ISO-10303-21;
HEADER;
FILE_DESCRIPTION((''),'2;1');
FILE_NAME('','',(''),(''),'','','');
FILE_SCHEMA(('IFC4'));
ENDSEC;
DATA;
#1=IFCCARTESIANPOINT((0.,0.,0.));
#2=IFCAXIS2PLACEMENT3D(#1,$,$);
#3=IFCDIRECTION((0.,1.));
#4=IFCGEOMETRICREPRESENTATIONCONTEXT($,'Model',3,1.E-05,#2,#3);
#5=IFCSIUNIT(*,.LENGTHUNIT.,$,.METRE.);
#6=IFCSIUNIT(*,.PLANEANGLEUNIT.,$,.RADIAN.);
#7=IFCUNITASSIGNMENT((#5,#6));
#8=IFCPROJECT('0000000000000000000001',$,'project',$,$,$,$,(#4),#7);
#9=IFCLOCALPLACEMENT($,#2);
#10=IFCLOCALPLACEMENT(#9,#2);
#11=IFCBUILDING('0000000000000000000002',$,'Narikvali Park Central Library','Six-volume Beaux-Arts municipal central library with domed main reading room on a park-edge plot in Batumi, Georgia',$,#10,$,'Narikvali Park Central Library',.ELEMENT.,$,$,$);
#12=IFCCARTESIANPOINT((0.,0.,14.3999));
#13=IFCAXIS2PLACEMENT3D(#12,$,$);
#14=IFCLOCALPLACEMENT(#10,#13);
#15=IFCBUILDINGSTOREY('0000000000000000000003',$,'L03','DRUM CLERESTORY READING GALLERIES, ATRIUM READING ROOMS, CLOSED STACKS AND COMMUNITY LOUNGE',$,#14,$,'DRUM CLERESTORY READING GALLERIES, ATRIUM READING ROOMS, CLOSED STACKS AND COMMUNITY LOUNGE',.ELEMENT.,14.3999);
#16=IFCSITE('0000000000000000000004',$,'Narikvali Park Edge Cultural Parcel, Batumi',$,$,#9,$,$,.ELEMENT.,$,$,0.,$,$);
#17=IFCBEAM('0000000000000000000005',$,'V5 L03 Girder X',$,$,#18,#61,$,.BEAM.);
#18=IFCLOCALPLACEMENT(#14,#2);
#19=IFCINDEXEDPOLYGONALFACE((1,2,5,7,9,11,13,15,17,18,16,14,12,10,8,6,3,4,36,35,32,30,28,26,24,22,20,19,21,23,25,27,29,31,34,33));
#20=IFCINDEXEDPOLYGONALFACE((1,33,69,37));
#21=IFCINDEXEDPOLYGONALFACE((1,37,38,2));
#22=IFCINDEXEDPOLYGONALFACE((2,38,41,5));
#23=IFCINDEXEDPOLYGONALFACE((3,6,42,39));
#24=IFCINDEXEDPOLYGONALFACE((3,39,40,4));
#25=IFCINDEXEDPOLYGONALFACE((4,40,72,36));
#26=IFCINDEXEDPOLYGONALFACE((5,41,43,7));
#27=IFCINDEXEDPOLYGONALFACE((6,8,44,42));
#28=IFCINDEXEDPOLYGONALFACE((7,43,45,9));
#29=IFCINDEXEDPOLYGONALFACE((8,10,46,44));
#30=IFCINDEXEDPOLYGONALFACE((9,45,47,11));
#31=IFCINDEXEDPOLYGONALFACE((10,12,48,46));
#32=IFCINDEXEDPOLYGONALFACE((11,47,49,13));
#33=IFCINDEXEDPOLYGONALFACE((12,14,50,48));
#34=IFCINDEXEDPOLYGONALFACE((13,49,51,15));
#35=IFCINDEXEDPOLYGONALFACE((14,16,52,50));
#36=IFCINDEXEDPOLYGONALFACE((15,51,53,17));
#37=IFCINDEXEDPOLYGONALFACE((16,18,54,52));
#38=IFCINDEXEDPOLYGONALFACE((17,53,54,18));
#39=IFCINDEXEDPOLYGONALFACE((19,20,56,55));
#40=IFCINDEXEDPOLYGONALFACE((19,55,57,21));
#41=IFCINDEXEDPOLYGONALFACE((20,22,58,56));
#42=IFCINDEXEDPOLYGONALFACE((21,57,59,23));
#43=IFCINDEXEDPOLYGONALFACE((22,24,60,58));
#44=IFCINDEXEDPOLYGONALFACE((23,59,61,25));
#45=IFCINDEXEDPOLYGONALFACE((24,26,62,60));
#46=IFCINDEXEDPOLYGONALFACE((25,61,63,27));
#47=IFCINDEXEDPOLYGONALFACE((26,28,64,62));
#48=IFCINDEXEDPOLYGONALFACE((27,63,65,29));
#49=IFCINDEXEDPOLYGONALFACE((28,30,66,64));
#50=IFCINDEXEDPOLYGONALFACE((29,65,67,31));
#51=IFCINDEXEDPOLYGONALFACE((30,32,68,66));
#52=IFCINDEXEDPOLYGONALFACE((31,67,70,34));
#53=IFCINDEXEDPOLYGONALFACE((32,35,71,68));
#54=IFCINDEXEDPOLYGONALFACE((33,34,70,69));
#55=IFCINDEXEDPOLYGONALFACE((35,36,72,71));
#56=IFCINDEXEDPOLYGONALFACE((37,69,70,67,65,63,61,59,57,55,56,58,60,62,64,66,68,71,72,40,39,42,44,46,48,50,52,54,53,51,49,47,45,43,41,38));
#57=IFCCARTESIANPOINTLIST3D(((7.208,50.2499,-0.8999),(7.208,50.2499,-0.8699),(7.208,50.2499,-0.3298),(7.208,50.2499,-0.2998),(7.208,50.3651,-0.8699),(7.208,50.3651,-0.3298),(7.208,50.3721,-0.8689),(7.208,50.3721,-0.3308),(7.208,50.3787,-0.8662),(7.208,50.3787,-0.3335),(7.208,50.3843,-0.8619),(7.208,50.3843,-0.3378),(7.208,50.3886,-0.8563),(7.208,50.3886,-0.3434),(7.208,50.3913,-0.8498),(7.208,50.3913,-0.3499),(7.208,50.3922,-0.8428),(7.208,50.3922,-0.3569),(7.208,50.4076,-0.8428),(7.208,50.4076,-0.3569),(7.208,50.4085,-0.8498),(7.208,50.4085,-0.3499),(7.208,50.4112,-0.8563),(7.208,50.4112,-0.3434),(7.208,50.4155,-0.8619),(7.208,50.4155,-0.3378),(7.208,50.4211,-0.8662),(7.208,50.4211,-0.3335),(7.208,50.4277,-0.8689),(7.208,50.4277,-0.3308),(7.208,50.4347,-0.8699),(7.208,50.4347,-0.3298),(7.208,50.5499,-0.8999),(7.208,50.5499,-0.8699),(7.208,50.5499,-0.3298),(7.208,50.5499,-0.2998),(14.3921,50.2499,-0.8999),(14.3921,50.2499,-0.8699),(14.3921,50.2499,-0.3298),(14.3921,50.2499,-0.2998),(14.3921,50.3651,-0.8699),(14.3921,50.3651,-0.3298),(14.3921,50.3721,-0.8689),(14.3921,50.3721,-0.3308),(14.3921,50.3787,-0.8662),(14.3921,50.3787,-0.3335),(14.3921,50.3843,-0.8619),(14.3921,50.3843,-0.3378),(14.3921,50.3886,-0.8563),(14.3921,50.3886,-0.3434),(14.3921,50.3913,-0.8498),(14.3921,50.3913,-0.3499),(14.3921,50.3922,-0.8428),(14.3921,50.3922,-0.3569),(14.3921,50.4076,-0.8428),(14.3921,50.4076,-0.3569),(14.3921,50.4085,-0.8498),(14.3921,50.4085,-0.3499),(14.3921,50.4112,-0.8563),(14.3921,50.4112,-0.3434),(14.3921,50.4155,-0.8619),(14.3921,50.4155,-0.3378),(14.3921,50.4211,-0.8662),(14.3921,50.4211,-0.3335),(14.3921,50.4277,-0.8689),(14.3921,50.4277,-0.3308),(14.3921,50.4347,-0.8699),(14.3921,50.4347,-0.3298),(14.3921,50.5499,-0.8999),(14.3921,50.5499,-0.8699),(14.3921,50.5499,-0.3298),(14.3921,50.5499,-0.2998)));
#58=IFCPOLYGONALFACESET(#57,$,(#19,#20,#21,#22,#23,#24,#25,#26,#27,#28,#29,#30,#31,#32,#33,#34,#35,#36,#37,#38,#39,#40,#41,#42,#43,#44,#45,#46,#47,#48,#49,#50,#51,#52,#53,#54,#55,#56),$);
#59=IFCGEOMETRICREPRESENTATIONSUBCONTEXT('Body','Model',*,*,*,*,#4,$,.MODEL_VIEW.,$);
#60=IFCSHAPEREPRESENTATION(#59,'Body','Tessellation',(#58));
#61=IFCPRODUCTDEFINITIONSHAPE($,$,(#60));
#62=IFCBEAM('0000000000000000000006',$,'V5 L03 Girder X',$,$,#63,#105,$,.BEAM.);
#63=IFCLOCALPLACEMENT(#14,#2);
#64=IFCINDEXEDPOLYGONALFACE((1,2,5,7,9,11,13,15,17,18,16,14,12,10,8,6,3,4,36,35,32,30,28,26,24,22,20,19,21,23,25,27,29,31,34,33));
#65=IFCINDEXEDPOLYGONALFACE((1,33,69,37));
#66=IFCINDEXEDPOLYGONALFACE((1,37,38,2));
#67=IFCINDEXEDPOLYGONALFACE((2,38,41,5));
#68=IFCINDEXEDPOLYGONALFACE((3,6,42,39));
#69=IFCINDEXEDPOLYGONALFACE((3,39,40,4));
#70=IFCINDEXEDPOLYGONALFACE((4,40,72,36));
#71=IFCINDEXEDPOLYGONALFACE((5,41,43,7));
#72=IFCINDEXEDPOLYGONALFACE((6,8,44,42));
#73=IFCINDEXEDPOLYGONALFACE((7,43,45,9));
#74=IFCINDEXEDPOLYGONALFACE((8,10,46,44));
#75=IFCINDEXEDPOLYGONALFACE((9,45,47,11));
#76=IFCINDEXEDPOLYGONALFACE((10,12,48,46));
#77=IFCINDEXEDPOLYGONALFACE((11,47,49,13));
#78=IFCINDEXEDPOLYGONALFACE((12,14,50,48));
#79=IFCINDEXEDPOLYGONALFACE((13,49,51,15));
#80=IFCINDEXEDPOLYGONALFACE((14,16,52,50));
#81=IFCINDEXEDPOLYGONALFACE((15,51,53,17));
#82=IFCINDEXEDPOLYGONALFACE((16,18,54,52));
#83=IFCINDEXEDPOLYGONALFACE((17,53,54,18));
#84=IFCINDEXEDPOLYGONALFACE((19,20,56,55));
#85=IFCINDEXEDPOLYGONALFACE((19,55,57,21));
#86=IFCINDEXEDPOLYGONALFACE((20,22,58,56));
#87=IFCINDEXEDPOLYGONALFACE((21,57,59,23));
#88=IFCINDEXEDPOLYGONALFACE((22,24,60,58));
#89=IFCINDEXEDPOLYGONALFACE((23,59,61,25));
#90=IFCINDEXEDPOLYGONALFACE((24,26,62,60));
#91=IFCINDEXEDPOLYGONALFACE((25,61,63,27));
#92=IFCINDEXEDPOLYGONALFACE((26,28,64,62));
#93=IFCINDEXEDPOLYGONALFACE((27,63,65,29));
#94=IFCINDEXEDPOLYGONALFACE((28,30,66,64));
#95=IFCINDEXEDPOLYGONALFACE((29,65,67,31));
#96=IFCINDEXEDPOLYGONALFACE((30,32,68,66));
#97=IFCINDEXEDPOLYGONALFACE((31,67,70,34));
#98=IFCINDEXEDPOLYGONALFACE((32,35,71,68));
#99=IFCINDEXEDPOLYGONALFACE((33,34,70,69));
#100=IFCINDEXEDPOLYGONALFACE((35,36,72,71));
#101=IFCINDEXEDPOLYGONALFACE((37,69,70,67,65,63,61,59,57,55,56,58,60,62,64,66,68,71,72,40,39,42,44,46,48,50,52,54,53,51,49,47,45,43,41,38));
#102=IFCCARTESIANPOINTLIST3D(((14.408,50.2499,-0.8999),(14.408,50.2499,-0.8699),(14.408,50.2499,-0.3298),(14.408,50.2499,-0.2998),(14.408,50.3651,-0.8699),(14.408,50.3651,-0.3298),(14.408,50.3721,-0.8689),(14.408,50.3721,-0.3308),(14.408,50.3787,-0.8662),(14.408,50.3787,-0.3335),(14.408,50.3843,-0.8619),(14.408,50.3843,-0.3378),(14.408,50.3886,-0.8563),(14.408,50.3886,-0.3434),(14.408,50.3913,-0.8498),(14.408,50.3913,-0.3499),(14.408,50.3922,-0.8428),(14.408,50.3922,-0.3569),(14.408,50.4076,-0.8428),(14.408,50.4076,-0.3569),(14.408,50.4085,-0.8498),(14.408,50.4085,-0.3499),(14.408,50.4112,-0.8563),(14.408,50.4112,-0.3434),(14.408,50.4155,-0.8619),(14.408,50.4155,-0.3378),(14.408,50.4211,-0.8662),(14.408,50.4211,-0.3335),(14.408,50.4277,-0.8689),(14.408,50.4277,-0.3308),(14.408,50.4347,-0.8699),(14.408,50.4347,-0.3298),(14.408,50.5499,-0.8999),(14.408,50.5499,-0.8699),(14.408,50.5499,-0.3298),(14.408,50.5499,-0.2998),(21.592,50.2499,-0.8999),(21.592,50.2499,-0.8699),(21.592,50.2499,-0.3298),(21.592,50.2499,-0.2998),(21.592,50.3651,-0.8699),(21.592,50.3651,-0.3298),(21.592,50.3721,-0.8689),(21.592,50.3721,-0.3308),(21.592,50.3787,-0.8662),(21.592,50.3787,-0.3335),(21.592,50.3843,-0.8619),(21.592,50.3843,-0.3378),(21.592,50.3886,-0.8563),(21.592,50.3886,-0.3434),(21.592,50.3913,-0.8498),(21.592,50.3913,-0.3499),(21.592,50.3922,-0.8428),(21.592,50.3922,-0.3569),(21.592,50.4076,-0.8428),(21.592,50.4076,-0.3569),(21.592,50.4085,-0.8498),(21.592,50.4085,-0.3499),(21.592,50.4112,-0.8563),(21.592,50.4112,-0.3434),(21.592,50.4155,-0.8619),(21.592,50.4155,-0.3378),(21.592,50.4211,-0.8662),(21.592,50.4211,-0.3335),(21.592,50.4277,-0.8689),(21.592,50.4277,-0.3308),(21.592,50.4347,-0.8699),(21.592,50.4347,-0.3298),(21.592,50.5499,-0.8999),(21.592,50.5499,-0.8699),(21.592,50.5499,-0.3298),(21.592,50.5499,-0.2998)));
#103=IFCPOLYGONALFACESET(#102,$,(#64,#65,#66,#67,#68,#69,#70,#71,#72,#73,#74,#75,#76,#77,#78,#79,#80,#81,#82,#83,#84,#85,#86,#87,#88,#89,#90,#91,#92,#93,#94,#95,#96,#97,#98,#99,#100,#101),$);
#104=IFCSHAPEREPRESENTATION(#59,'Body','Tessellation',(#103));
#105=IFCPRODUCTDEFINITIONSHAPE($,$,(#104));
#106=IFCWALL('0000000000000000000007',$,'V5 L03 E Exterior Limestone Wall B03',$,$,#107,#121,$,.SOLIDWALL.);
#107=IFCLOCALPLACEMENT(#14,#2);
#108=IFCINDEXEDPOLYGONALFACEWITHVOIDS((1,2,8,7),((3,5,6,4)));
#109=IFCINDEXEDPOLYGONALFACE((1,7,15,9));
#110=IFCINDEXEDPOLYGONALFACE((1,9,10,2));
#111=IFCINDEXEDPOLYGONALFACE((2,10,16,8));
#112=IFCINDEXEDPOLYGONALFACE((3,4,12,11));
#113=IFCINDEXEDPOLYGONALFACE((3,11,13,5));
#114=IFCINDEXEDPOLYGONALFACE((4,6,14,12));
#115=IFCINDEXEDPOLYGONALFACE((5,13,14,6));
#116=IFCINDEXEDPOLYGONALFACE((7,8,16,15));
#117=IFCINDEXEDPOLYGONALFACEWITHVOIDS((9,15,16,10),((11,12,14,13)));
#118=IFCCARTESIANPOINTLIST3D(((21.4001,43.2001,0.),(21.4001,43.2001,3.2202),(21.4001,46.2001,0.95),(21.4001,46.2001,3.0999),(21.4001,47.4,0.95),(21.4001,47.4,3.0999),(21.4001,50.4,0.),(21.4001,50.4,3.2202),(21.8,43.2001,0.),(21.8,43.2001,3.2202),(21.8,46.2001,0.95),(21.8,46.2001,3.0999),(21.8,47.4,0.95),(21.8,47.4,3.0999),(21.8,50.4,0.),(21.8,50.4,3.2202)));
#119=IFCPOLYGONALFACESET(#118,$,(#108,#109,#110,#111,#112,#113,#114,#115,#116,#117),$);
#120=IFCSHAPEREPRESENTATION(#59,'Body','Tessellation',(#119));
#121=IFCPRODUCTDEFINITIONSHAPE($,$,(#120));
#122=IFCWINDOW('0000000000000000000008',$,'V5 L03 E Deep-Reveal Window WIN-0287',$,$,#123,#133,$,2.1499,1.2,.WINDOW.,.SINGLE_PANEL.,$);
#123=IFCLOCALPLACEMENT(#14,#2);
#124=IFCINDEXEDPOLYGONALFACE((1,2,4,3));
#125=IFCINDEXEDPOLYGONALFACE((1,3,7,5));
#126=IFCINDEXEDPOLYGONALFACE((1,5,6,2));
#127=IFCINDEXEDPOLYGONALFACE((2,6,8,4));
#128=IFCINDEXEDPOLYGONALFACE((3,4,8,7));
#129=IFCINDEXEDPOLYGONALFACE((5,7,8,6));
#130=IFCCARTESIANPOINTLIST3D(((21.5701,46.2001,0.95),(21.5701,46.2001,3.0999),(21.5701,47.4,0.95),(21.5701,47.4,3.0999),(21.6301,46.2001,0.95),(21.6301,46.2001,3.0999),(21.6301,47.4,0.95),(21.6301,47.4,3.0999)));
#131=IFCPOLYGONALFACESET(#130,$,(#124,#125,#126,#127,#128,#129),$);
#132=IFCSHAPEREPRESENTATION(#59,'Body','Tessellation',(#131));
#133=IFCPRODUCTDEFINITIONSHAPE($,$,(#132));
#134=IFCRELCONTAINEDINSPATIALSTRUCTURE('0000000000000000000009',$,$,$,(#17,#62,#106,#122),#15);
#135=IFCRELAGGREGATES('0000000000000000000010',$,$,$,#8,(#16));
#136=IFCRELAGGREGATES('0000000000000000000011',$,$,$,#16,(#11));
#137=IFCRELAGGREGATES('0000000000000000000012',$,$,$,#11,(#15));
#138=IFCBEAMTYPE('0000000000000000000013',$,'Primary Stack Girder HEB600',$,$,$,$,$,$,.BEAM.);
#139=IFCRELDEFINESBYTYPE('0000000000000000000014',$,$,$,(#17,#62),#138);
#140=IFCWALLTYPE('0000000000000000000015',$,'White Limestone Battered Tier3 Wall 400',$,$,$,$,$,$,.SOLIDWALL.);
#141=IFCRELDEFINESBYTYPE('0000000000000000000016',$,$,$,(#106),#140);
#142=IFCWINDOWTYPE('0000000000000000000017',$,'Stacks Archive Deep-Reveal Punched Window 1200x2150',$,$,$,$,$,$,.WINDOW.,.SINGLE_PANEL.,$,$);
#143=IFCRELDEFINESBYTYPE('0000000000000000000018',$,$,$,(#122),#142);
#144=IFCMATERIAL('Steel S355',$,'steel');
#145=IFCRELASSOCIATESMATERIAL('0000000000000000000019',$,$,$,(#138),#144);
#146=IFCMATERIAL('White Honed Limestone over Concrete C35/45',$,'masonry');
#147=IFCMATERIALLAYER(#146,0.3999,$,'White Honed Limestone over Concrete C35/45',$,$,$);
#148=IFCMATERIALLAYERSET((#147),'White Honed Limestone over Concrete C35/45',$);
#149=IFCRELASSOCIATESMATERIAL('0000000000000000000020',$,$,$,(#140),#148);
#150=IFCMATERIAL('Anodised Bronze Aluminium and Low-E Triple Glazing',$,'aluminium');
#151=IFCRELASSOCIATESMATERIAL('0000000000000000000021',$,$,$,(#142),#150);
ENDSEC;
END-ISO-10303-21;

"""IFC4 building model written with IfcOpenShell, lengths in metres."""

from ifc_helpers import new_model, si_unit, direction, frame, frame_2d, origin, origin_2d, place, context, subcontext, project, spatial, rectangle, i_section, extrude, material, layer, layer_set, material_profile, profile_set, type_object, element, fill, save


model = new_model("IFC4")

# Units and contexts
model_context = context("Model", 3, precision=1e-05, world=origin(), true_north=direction((0.0, 1.0)))
body_context = subcontext(model_context, "Body", "Model", "MODEL_VIEW")
ifc_project = project(units=[si_unit("LENGTHUNIT", "METRE"), si_unit("PLANEANGLEUNIT", "RADIAN")], contexts=[model_context])

# Site, building, storey
site_placement = place(None, origin())
site = spatial("IfcSite", under=ifc_project, at=site_placement, Name="Narikvali Park Edge Cultural Parcel, Batumi", CompositionType="ELEMENT", RefElevation=0.0)
building_placement = place(site_placement, origin())
building = spatial("IfcBuilding", under=site, at=building_placement, Name="Narikvali Park Central Library", Description="Six-volume Beaux-Arts municipal central library with domed main reading room on a park-edge plot in Batumi, Georgia", LongName="Narikvali Park Central Library", CompositionType="ELEMENT")
storey_placement = place(building_placement, frame((0.0, 0.0, 14.3999)))
storey = spatial("IfcBuildingStorey", under=building, at=storey_placement, Name="L03", Description="DRUM CLERESTORY READING GALLERIES, ATRIUM READING ROOMS, CLOSED STACKS AND COMMUNITY LOUNGE", LongName="DRUM CLERESTORY READING GALLERIES, ATRIUM READING ROOMS, CLOSED STACKS AND COMMUNITY LOUNGE", CompositionType="ELEMENT", Elevation=14.3999)

# Shared definitions
ifc_material_1 = material(Name="Steel S355", Category="steel")

# Beams
ifc_material_profile_1 = material_profile(ifc_material_1, i_section(OverallWidth=0.3, OverallDepth=0.6001, WebThickness=0.0154, FlangeThickness=0.03, FilletRadius=0.0271, at=origin_2d()), Name="HEB 600")
ifc_profile_set_1 = profile_set([ifc_material_profile_1], Name="Steel S355")
beam_type_1 = type_object("IfcBeamType", Name="Primary Stack Girder HEB600", PredefinedType="BEAM", material=ifc_profile_set_1)
for number, where, z_axis, x_axis, name in (
    (1, (7.208, 50.3999, -0.5999), (1.0, 0.0, 0.0), (0.0, 1.0, 0.0), "V5 L03 Girder X"),
    (2, (14.408, 50.3999, -0.5999), (1.0, 0.0, 0.0), (0.0, 1.0, 0.0), "V5 L03 Girder X"),
):
    element("IfcBeam", number, at=place(storey_placement, frame(where, z_axis=z_axis, x_axis=x_axis)), inside=storey, type_object=beam_type_1, Name=name, PredefinedType="BEAM", context=body_context, shape_type="SweptSolid", body=[
        extrude(i_section(OverallWidth=0.3, OverallDepth=0.6001, WebThickness=0.0154, FlangeThickness=0.03, FilletRadius=0.0271, at=origin_2d()), origin(), (0.0, 0.0, 1.0), 7.1841),
    ])

# Wall, opening, window
ifc_material_2 = material(Name="White Honed Limestone over Concrete C35/45", Category="masonry")
ifc_layer = layer(ifc_material_2, 0.3999, Name="White Honed Limestone over Concrete C35/45")
ifc_layer_set = layer_set([ifc_layer], Name="White Honed Limestone over Concrete C35/45")
wall_type = type_object("IfcWallType", Name="White Limestone Battered Tier3 Wall 400", PredefinedType="SOLIDWALL", material=ifc_layer_set)
wall_placement = place(storey_placement, frame((21.6001, 43.2, 0.0), z_axis=(0.0, 0.0, 1.0), x_axis=(0.0, 1.0, 0.0)))
wall = element("IfcWall", 3, at=wall_placement, inside=storey, type_object=wall_type, Name="V5 L03 E Exterior Limestone Wall B03", PredefinedType="SOLIDWALL", context=body_context, shape_type="SweptSolid", body=[
    extrude(rectangle(XDim=7.2, YDim=0.3999, at=frame_2d((3.6001, 0.0))), origin(), (0.0, 0.0, 1.0), 3.2202),
])
opening_placement = place(wall_placement, frame((3.0, 0.0, 0.95)))
opening = element("IfcOpeningElement", 4, at=opening_placement, cuts=wall, PredefinedType="OPENING", context=body_context, shape_type="SweptSolid", body=[
    extrude(rectangle(XDim=1.2, YDim=2.1499, at=frame_2d((0.6001, 1.075))), frame((0.0, 0.2119, 0.0), z_axis=(0.0, -1.0, 0.0), x_axis=(1.0, 0.0, 0.0)), (0.0, 0.0, 1.0), 0.4238),
])
ifc_material_3 = material(Name="Anodised Bronze Aluminium and Low-E Triple Glazing", Category="aluminium")
window_type = type_object("IfcWindowType", Name="Stacks Archive Deep-Reveal Punched Window 1200x2150", PartitioningType="SINGLE_PANEL", PredefinedType="WINDOW", material=ifc_material_3)
window_placement = place(opening_placement, origin())
window = element("IfcWindow", 5, at=window_placement, inside=storey, type_object=window_type, Name="V5 L03 E Deep-Reveal Window WIN-0287", OverallHeight=2.1499, OverallWidth=1.2, PartitioningType="SINGLE_PANEL", PredefinedType="WINDOW", context=body_context, shape_type="SweptSolid", body=[
    extrude(rectangle(XDim=1.2, YDim=2.1499, at=frame_2d((0.6001, 1.075))), frame((0.0, 0.03, 0.0), z_axis=(0.0, -1.0, 0.0), x_axis=(1.0, 0.0, 0.0)), (0.0, 0.0, 1.0), 0.0601),
])
fill(opening, window)

save(model, "model.ifc")
